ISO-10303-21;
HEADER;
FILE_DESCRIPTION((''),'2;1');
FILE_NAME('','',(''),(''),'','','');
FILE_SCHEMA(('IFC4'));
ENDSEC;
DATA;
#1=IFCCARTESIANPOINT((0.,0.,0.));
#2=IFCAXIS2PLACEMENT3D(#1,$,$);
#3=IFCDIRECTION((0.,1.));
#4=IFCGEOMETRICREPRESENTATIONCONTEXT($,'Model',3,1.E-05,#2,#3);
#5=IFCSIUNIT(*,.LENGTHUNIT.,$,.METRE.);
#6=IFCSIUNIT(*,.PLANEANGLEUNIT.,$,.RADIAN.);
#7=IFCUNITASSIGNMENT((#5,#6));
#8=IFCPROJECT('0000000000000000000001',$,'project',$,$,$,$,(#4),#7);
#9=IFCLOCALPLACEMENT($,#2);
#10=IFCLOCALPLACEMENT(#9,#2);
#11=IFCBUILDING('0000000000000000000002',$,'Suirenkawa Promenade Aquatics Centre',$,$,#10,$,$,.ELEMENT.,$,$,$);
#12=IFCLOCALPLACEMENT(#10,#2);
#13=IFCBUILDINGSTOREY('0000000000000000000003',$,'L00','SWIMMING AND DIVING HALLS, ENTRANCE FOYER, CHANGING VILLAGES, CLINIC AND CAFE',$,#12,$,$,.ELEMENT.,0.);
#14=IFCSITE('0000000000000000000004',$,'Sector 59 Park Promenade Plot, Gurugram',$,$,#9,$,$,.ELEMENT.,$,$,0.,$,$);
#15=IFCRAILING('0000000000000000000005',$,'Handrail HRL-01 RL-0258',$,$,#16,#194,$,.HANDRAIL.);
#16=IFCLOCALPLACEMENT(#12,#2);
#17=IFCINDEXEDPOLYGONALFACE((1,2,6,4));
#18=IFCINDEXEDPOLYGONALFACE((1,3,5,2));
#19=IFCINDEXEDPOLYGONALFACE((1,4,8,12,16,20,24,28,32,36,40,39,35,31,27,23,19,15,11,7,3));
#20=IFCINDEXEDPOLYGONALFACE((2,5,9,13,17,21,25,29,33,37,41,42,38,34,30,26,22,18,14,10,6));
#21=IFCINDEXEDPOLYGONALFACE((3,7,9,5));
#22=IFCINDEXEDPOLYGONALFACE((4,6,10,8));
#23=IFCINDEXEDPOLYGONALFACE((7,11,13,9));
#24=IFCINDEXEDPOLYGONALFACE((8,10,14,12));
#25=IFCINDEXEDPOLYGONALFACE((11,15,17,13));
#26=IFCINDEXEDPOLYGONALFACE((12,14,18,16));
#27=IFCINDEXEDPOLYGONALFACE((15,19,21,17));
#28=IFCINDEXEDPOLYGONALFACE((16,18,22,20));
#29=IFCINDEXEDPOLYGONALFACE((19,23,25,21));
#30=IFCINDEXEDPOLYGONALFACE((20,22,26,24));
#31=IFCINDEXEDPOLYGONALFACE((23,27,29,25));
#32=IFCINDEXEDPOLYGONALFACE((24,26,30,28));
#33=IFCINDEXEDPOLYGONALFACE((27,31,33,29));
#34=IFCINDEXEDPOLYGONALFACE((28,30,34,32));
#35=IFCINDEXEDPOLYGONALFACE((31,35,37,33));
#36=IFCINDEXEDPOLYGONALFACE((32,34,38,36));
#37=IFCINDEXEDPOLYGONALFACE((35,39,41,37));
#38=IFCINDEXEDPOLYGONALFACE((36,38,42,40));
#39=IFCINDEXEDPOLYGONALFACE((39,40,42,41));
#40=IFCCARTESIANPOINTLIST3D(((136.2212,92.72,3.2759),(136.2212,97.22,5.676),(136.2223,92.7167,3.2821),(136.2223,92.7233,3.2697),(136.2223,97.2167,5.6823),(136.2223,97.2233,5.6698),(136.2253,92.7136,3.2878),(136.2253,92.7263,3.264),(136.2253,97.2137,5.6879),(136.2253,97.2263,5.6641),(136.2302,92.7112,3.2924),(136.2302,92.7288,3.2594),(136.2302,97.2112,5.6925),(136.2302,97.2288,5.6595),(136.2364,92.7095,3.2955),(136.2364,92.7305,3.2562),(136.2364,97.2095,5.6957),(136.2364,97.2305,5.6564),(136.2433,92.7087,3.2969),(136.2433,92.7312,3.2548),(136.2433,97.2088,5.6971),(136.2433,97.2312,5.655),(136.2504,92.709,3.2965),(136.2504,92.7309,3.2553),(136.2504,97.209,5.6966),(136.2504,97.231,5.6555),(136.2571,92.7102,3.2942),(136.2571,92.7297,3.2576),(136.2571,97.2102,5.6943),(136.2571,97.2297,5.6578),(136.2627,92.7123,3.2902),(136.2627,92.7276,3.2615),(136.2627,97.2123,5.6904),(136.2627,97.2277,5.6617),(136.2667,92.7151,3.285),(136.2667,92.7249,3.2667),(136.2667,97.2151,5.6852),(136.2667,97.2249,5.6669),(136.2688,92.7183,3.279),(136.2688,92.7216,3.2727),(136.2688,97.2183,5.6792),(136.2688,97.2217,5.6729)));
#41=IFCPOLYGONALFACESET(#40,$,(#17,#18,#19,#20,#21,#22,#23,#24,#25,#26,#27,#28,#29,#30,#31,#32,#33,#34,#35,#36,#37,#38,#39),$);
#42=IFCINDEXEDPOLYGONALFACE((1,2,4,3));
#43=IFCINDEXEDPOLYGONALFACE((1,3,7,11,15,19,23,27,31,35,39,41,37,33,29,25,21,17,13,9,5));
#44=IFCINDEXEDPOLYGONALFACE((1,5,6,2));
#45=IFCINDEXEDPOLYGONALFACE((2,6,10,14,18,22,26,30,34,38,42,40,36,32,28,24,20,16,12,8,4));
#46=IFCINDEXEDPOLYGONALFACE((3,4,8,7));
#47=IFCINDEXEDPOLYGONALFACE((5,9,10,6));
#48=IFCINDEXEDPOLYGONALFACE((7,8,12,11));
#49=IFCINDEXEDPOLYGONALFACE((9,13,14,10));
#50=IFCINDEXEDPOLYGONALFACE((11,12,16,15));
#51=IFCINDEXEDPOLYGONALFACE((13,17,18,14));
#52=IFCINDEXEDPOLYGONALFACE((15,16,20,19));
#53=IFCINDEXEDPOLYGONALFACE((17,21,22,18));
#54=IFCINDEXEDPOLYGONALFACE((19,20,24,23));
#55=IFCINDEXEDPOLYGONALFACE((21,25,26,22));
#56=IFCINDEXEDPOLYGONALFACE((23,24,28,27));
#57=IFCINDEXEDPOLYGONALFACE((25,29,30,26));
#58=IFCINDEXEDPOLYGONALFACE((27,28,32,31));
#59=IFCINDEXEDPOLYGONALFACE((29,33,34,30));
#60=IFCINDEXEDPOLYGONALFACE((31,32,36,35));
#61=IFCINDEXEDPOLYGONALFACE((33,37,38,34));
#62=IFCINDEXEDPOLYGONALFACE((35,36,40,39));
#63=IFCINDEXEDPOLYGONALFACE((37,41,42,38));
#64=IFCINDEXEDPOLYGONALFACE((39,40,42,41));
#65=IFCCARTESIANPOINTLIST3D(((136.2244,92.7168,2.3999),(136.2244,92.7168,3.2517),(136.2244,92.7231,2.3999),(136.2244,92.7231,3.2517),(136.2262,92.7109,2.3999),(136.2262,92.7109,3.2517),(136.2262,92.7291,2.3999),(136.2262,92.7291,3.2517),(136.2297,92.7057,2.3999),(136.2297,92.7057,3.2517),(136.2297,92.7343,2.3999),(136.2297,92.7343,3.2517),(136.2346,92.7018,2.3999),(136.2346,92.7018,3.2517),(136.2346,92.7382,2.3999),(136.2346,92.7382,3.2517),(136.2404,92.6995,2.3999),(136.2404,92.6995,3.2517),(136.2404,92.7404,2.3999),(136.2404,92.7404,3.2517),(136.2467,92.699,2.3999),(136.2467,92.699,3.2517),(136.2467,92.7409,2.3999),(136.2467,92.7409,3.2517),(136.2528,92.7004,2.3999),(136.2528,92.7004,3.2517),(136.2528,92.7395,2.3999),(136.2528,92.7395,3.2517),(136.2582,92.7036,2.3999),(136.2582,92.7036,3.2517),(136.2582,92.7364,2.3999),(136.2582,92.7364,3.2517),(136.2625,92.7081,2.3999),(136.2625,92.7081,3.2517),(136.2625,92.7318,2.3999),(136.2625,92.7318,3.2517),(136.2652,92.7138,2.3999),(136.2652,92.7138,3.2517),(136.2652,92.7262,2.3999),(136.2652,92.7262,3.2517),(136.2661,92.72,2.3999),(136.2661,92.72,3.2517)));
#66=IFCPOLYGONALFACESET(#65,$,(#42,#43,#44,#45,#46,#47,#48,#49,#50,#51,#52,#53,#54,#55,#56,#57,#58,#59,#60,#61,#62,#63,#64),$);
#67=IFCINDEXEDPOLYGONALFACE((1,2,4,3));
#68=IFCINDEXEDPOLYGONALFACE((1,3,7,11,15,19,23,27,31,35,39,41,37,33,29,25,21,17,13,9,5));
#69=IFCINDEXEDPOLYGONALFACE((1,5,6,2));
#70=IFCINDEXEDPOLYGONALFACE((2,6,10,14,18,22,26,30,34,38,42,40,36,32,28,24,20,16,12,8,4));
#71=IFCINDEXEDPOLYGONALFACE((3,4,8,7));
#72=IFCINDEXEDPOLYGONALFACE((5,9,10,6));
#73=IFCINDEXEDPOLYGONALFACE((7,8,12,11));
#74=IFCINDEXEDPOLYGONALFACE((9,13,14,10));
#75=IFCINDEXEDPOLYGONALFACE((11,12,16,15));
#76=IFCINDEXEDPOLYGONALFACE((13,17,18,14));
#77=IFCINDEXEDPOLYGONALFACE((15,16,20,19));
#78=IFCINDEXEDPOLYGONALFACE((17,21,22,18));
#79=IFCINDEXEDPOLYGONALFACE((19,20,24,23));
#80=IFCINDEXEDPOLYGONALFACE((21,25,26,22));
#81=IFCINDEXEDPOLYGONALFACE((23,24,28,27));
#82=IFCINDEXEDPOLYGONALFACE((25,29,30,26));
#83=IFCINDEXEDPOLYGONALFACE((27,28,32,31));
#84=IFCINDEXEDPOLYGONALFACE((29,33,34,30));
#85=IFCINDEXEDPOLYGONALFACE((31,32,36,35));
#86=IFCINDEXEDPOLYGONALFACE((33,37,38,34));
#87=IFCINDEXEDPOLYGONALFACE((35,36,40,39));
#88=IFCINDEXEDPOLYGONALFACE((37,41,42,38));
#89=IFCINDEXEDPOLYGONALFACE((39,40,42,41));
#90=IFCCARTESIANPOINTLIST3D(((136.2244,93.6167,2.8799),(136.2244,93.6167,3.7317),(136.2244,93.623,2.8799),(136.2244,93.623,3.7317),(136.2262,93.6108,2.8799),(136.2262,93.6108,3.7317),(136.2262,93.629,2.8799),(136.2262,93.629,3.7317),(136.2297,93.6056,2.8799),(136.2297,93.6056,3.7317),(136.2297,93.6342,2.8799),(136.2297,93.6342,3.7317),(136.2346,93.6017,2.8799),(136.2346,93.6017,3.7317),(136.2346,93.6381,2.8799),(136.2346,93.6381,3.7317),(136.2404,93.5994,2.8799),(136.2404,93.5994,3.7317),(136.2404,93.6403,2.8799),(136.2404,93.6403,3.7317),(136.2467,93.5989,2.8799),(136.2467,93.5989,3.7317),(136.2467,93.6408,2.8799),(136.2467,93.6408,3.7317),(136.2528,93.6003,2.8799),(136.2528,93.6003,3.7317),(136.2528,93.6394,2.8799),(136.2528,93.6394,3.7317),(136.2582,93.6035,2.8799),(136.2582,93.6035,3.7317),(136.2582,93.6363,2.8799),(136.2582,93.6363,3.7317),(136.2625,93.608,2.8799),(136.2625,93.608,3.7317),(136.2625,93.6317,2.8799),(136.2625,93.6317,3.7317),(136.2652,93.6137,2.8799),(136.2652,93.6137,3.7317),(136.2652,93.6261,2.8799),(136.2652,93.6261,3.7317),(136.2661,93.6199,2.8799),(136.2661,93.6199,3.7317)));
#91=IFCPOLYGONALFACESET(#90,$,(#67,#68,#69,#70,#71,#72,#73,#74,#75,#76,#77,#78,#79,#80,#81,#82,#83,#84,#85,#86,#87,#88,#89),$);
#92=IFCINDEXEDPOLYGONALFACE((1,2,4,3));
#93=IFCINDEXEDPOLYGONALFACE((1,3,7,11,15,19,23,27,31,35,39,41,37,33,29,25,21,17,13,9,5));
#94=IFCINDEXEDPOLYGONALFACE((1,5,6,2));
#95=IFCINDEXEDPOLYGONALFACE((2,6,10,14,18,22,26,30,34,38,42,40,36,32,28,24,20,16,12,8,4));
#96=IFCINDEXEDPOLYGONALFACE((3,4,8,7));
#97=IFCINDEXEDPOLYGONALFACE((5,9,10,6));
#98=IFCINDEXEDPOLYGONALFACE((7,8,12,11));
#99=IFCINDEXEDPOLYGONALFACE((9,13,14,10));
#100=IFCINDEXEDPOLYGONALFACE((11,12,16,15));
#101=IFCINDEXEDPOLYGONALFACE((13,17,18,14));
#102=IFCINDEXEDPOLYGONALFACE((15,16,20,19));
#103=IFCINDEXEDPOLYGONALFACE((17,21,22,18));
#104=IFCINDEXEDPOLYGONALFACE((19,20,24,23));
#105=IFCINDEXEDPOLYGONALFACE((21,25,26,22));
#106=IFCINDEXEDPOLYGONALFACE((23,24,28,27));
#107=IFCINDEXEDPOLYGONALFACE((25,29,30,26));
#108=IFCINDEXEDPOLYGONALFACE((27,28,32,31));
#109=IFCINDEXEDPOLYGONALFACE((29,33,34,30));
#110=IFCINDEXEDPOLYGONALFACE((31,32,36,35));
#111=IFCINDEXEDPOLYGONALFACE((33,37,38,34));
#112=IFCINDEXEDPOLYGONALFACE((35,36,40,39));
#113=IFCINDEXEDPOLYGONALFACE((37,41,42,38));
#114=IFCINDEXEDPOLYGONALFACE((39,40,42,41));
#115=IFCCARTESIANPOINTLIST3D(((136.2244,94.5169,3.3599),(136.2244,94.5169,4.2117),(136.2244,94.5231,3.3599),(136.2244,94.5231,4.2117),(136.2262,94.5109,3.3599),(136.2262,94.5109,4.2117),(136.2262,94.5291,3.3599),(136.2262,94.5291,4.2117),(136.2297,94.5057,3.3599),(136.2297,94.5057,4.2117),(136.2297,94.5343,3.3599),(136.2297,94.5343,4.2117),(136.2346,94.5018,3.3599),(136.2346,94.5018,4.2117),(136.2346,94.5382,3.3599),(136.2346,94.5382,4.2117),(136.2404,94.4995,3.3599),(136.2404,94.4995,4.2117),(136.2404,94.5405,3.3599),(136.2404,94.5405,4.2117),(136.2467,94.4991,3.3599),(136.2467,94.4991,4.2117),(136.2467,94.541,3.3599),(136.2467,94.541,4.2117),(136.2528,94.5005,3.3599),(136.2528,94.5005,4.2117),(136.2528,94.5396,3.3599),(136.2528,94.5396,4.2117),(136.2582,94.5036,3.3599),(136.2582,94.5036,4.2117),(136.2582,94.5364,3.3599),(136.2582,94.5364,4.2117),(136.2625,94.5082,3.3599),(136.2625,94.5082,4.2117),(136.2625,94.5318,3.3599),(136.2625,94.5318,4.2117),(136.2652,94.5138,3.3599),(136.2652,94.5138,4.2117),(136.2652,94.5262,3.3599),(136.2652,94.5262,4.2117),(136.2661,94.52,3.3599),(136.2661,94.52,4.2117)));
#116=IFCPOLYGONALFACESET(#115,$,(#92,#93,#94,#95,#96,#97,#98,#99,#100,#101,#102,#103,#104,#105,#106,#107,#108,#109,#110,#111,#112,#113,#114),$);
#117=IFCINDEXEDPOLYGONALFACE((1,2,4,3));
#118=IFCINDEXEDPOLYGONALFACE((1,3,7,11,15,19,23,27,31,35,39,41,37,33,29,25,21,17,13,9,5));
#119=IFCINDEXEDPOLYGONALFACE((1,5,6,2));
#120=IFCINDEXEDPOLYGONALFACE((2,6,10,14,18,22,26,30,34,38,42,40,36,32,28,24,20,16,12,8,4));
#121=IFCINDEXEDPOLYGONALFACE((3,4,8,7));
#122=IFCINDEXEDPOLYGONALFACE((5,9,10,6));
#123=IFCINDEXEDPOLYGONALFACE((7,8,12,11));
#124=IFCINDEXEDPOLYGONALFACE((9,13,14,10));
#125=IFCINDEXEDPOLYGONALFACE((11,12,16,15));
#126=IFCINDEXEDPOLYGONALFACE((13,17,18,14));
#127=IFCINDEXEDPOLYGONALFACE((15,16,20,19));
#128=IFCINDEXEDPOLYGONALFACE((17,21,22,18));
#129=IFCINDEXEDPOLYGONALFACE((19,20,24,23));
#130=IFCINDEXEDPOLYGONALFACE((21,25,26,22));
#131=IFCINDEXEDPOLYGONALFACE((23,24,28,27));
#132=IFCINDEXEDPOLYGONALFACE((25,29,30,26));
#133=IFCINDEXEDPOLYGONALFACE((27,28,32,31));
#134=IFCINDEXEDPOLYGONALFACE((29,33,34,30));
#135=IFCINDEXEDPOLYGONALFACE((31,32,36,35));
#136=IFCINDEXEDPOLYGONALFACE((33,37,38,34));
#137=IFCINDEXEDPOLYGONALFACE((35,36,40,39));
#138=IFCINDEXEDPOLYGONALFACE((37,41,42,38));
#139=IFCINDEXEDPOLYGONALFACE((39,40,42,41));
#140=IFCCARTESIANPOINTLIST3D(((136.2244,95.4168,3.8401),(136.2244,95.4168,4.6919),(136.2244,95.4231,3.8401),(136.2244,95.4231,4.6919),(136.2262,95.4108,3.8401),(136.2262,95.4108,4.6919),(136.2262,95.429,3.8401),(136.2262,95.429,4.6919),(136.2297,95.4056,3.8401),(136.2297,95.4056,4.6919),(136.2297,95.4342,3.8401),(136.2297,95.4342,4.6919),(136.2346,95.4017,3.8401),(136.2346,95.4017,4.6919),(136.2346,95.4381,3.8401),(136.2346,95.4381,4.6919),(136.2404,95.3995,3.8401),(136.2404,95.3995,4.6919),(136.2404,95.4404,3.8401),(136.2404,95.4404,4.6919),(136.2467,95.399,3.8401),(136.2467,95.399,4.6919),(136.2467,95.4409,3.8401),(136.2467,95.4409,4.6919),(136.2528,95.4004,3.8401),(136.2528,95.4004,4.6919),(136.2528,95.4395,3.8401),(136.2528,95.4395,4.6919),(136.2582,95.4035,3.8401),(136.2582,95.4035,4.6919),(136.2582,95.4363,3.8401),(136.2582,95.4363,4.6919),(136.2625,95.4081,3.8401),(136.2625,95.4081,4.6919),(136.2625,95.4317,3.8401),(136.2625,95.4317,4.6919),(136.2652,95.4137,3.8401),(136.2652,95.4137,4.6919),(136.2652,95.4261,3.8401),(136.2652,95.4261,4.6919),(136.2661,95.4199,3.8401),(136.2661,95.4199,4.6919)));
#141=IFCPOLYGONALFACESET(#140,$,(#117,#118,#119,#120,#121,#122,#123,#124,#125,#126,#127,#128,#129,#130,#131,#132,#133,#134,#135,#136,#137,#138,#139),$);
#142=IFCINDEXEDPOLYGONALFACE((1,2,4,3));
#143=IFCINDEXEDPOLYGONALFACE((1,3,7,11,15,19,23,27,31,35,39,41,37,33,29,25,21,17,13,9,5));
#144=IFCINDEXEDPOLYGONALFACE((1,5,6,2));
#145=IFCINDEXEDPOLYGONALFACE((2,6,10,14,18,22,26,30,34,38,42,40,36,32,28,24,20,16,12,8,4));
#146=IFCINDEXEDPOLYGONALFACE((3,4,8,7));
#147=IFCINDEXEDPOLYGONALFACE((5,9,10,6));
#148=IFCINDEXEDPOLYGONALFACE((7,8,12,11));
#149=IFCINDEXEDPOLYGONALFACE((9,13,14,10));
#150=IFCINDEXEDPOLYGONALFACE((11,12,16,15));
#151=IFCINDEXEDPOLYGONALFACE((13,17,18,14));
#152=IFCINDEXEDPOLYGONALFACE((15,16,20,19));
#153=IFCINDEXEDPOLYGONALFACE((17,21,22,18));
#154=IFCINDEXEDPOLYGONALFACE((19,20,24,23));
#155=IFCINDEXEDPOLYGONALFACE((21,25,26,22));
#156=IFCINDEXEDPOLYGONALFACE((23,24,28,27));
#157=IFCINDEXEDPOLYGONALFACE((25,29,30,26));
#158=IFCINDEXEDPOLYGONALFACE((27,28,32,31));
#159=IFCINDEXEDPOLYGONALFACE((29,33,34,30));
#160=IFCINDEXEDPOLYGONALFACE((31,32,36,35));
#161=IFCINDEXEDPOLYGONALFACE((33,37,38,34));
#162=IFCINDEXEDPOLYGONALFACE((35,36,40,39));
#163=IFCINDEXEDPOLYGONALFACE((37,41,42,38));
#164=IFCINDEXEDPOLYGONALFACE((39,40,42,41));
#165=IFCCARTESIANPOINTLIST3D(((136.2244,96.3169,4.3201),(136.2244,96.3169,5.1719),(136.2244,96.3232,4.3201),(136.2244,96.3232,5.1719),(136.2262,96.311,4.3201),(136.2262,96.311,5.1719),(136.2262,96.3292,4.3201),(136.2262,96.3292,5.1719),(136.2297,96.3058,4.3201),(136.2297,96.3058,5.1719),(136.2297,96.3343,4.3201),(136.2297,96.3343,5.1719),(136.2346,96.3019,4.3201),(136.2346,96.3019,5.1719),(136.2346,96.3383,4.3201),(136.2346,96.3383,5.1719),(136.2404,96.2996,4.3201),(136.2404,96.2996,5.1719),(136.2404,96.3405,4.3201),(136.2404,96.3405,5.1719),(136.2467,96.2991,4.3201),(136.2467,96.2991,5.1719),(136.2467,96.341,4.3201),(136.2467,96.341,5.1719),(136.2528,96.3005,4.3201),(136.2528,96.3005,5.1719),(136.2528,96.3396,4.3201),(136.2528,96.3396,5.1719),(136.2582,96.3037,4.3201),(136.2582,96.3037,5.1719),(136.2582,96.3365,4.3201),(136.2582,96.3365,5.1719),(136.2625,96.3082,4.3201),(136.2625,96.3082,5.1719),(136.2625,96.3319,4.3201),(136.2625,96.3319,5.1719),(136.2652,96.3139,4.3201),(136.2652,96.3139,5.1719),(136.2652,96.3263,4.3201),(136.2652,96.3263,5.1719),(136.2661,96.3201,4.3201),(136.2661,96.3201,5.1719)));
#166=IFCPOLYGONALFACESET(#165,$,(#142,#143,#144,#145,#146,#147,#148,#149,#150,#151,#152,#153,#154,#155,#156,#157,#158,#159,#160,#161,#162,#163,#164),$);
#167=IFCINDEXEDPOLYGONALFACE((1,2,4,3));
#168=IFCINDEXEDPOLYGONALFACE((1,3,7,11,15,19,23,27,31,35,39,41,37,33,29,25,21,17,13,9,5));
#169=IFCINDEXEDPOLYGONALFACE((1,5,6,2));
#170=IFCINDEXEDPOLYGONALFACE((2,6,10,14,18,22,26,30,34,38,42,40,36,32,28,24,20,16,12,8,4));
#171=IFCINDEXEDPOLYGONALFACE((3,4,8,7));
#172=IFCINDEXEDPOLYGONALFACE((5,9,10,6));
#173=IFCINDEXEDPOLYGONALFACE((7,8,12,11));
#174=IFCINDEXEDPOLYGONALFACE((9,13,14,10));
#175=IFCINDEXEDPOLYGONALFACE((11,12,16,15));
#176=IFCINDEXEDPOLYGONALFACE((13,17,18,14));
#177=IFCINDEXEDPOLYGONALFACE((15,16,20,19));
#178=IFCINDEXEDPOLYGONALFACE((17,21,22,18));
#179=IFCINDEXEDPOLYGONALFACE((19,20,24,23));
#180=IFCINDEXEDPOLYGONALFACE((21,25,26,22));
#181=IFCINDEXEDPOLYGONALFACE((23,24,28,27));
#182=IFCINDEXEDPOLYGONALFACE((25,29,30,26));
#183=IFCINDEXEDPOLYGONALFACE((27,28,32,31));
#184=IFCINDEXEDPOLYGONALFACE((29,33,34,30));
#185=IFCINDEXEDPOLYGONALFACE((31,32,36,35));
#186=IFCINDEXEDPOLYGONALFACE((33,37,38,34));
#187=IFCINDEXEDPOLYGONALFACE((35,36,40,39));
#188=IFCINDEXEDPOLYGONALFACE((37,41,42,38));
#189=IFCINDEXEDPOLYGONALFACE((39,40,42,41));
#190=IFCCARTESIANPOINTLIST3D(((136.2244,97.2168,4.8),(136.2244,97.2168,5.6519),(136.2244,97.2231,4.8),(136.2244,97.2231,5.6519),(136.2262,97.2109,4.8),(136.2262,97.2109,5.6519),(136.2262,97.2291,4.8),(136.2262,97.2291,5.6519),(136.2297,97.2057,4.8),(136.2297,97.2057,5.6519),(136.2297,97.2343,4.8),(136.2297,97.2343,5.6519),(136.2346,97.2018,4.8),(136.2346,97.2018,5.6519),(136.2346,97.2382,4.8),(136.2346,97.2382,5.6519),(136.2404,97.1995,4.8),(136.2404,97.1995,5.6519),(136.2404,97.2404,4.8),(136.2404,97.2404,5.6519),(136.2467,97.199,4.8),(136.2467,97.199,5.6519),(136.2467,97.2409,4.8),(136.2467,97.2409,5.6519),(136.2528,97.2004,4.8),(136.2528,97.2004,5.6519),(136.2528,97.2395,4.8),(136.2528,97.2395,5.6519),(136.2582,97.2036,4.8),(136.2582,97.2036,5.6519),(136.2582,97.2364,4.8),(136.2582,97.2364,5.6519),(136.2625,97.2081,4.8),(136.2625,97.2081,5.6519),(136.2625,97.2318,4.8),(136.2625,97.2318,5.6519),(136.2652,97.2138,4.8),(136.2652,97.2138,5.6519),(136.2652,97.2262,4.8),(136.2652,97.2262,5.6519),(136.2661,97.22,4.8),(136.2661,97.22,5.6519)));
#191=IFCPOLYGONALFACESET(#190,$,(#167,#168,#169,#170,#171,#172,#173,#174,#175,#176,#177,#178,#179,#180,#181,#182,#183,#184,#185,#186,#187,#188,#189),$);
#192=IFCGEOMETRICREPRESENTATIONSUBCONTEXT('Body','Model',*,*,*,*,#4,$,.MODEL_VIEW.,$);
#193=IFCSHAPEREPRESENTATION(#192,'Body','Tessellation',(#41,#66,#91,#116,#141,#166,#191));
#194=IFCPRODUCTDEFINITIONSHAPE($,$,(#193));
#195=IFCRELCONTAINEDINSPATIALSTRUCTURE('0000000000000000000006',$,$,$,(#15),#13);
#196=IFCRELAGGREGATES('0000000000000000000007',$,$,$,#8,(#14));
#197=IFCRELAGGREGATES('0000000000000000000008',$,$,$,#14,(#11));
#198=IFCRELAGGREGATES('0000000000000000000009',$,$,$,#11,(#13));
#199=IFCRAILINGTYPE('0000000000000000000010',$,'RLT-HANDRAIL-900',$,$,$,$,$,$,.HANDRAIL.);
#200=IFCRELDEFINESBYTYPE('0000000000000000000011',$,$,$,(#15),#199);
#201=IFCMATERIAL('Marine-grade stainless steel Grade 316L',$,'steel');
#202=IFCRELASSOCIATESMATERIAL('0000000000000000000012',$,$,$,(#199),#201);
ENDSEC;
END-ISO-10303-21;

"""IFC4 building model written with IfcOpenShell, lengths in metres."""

from ifc_helpers import new_model, si_unit, direction, frame, origin, origin_2d, place, context, subcontext, project, spatial, circle, extrude, material, type_object, element, save


model = new_model("IFC4")

# Units and contexts
model_context = context("Model", 3, precision=1e-05, world=origin(), true_north=direction((0.0, 1.0)))
body_context = subcontext(model_context, "Body", "Model", "MODEL_VIEW")
ifc_project = project(units=[si_unit("LENGTHUNIT", "METRE"), si_unit("PLANEANGLEUNIT", "RADIAN")], contexts=[model_context])

# Site, building, storey
site_placement = place(None, origin())
site = spatial("IfcSite", under=ifc_project, at=site_placement, Name="Sector 59 Park Promenade Plot, Gurugram", CompositionType="ELEMENT", RefElevation=0.0)
building_placement = place(site_placement, origin())
building = spatial("IfcBuilding", under=site, at=building_placement, Name="Suirenkawa Promenade Aquatics Centre", CompositionType="ELEMENT")
storey_placement = place(building_placement, origin())
storey = spatial("IfcBuildingStorey", under=building, at=storey_placement, Name="L00", Description="SWIMMING AND DIVING HALLS, ENTRANCE FOYER, CHANGING VILLAGES, CLINIC AND CAFE", CompositionType="ELEMENT", Elevation=0.0)

# Railing
ifc_material_1 = material(Name="Marine-grade stainless steel Grade 316L", Category="steel")
railing_type_1 = type_object("IfcRailingType", Name="RLT-HANDRAIL-900", PredefinedType="HANDRAIL", material=ifc_material_1)
for number, where, name in (
    (1, (136.2451, 92.72, 2.3999), "Handrail HRL-01 RL-0258"),
):
    element("IfcRailing", number, at=place(storey_placement, frame(where)), inside=storey, type_object=railing_type_1, Name=name, PredefinedType="HANDRAIL", context=body_context, shape_type="SweptSolid", body=[
        extrude(circle(Radius=0.0239, at=origin_2d()), frame((0.0, 0.0, 0.876), z_axis=(0.0, 0.882341, 0.470611), x_axis=(-1.0, 0.0, 0.0)), (0.0, 0.0, 1.0), 5.1001),
        extrude(circle(Radius=0.021, at=origin_2d()), origin(), (0.0, 0.0, 1.0), 0.8518),
        extrude(circle(Radius=0.021, at=origin_2d()), frame((0.0, 0.8999, 0.48)), (0.0, 0.0, 1.0), 0.8518),
        extrude(circle(Radius=0.021, at=origin_2d()), frame((0.0, 1.8, 0.96)), (0.0, 0.0, 1.0), 0.8518),
        extrude(circle(Radius=0.021, at=origin_2d()), frame((0.0, 2.7, 1.4402)), (0.0, 0.0, 1.0), 0.8518),
        extrude(circle(Radius=0.021, at=origin_2d()), frame((0.0, 3.6001, 1.9202)), (0.0, 0.0, 1.0), 0.8518),
        extrude(circle(Radius=0.021, at=origin_2d()), frame((0.0, 4.5, 2.4001)), (0.0, 0.0, 1.0), 0.8518),
    ])

save(model, "model.ifc")
